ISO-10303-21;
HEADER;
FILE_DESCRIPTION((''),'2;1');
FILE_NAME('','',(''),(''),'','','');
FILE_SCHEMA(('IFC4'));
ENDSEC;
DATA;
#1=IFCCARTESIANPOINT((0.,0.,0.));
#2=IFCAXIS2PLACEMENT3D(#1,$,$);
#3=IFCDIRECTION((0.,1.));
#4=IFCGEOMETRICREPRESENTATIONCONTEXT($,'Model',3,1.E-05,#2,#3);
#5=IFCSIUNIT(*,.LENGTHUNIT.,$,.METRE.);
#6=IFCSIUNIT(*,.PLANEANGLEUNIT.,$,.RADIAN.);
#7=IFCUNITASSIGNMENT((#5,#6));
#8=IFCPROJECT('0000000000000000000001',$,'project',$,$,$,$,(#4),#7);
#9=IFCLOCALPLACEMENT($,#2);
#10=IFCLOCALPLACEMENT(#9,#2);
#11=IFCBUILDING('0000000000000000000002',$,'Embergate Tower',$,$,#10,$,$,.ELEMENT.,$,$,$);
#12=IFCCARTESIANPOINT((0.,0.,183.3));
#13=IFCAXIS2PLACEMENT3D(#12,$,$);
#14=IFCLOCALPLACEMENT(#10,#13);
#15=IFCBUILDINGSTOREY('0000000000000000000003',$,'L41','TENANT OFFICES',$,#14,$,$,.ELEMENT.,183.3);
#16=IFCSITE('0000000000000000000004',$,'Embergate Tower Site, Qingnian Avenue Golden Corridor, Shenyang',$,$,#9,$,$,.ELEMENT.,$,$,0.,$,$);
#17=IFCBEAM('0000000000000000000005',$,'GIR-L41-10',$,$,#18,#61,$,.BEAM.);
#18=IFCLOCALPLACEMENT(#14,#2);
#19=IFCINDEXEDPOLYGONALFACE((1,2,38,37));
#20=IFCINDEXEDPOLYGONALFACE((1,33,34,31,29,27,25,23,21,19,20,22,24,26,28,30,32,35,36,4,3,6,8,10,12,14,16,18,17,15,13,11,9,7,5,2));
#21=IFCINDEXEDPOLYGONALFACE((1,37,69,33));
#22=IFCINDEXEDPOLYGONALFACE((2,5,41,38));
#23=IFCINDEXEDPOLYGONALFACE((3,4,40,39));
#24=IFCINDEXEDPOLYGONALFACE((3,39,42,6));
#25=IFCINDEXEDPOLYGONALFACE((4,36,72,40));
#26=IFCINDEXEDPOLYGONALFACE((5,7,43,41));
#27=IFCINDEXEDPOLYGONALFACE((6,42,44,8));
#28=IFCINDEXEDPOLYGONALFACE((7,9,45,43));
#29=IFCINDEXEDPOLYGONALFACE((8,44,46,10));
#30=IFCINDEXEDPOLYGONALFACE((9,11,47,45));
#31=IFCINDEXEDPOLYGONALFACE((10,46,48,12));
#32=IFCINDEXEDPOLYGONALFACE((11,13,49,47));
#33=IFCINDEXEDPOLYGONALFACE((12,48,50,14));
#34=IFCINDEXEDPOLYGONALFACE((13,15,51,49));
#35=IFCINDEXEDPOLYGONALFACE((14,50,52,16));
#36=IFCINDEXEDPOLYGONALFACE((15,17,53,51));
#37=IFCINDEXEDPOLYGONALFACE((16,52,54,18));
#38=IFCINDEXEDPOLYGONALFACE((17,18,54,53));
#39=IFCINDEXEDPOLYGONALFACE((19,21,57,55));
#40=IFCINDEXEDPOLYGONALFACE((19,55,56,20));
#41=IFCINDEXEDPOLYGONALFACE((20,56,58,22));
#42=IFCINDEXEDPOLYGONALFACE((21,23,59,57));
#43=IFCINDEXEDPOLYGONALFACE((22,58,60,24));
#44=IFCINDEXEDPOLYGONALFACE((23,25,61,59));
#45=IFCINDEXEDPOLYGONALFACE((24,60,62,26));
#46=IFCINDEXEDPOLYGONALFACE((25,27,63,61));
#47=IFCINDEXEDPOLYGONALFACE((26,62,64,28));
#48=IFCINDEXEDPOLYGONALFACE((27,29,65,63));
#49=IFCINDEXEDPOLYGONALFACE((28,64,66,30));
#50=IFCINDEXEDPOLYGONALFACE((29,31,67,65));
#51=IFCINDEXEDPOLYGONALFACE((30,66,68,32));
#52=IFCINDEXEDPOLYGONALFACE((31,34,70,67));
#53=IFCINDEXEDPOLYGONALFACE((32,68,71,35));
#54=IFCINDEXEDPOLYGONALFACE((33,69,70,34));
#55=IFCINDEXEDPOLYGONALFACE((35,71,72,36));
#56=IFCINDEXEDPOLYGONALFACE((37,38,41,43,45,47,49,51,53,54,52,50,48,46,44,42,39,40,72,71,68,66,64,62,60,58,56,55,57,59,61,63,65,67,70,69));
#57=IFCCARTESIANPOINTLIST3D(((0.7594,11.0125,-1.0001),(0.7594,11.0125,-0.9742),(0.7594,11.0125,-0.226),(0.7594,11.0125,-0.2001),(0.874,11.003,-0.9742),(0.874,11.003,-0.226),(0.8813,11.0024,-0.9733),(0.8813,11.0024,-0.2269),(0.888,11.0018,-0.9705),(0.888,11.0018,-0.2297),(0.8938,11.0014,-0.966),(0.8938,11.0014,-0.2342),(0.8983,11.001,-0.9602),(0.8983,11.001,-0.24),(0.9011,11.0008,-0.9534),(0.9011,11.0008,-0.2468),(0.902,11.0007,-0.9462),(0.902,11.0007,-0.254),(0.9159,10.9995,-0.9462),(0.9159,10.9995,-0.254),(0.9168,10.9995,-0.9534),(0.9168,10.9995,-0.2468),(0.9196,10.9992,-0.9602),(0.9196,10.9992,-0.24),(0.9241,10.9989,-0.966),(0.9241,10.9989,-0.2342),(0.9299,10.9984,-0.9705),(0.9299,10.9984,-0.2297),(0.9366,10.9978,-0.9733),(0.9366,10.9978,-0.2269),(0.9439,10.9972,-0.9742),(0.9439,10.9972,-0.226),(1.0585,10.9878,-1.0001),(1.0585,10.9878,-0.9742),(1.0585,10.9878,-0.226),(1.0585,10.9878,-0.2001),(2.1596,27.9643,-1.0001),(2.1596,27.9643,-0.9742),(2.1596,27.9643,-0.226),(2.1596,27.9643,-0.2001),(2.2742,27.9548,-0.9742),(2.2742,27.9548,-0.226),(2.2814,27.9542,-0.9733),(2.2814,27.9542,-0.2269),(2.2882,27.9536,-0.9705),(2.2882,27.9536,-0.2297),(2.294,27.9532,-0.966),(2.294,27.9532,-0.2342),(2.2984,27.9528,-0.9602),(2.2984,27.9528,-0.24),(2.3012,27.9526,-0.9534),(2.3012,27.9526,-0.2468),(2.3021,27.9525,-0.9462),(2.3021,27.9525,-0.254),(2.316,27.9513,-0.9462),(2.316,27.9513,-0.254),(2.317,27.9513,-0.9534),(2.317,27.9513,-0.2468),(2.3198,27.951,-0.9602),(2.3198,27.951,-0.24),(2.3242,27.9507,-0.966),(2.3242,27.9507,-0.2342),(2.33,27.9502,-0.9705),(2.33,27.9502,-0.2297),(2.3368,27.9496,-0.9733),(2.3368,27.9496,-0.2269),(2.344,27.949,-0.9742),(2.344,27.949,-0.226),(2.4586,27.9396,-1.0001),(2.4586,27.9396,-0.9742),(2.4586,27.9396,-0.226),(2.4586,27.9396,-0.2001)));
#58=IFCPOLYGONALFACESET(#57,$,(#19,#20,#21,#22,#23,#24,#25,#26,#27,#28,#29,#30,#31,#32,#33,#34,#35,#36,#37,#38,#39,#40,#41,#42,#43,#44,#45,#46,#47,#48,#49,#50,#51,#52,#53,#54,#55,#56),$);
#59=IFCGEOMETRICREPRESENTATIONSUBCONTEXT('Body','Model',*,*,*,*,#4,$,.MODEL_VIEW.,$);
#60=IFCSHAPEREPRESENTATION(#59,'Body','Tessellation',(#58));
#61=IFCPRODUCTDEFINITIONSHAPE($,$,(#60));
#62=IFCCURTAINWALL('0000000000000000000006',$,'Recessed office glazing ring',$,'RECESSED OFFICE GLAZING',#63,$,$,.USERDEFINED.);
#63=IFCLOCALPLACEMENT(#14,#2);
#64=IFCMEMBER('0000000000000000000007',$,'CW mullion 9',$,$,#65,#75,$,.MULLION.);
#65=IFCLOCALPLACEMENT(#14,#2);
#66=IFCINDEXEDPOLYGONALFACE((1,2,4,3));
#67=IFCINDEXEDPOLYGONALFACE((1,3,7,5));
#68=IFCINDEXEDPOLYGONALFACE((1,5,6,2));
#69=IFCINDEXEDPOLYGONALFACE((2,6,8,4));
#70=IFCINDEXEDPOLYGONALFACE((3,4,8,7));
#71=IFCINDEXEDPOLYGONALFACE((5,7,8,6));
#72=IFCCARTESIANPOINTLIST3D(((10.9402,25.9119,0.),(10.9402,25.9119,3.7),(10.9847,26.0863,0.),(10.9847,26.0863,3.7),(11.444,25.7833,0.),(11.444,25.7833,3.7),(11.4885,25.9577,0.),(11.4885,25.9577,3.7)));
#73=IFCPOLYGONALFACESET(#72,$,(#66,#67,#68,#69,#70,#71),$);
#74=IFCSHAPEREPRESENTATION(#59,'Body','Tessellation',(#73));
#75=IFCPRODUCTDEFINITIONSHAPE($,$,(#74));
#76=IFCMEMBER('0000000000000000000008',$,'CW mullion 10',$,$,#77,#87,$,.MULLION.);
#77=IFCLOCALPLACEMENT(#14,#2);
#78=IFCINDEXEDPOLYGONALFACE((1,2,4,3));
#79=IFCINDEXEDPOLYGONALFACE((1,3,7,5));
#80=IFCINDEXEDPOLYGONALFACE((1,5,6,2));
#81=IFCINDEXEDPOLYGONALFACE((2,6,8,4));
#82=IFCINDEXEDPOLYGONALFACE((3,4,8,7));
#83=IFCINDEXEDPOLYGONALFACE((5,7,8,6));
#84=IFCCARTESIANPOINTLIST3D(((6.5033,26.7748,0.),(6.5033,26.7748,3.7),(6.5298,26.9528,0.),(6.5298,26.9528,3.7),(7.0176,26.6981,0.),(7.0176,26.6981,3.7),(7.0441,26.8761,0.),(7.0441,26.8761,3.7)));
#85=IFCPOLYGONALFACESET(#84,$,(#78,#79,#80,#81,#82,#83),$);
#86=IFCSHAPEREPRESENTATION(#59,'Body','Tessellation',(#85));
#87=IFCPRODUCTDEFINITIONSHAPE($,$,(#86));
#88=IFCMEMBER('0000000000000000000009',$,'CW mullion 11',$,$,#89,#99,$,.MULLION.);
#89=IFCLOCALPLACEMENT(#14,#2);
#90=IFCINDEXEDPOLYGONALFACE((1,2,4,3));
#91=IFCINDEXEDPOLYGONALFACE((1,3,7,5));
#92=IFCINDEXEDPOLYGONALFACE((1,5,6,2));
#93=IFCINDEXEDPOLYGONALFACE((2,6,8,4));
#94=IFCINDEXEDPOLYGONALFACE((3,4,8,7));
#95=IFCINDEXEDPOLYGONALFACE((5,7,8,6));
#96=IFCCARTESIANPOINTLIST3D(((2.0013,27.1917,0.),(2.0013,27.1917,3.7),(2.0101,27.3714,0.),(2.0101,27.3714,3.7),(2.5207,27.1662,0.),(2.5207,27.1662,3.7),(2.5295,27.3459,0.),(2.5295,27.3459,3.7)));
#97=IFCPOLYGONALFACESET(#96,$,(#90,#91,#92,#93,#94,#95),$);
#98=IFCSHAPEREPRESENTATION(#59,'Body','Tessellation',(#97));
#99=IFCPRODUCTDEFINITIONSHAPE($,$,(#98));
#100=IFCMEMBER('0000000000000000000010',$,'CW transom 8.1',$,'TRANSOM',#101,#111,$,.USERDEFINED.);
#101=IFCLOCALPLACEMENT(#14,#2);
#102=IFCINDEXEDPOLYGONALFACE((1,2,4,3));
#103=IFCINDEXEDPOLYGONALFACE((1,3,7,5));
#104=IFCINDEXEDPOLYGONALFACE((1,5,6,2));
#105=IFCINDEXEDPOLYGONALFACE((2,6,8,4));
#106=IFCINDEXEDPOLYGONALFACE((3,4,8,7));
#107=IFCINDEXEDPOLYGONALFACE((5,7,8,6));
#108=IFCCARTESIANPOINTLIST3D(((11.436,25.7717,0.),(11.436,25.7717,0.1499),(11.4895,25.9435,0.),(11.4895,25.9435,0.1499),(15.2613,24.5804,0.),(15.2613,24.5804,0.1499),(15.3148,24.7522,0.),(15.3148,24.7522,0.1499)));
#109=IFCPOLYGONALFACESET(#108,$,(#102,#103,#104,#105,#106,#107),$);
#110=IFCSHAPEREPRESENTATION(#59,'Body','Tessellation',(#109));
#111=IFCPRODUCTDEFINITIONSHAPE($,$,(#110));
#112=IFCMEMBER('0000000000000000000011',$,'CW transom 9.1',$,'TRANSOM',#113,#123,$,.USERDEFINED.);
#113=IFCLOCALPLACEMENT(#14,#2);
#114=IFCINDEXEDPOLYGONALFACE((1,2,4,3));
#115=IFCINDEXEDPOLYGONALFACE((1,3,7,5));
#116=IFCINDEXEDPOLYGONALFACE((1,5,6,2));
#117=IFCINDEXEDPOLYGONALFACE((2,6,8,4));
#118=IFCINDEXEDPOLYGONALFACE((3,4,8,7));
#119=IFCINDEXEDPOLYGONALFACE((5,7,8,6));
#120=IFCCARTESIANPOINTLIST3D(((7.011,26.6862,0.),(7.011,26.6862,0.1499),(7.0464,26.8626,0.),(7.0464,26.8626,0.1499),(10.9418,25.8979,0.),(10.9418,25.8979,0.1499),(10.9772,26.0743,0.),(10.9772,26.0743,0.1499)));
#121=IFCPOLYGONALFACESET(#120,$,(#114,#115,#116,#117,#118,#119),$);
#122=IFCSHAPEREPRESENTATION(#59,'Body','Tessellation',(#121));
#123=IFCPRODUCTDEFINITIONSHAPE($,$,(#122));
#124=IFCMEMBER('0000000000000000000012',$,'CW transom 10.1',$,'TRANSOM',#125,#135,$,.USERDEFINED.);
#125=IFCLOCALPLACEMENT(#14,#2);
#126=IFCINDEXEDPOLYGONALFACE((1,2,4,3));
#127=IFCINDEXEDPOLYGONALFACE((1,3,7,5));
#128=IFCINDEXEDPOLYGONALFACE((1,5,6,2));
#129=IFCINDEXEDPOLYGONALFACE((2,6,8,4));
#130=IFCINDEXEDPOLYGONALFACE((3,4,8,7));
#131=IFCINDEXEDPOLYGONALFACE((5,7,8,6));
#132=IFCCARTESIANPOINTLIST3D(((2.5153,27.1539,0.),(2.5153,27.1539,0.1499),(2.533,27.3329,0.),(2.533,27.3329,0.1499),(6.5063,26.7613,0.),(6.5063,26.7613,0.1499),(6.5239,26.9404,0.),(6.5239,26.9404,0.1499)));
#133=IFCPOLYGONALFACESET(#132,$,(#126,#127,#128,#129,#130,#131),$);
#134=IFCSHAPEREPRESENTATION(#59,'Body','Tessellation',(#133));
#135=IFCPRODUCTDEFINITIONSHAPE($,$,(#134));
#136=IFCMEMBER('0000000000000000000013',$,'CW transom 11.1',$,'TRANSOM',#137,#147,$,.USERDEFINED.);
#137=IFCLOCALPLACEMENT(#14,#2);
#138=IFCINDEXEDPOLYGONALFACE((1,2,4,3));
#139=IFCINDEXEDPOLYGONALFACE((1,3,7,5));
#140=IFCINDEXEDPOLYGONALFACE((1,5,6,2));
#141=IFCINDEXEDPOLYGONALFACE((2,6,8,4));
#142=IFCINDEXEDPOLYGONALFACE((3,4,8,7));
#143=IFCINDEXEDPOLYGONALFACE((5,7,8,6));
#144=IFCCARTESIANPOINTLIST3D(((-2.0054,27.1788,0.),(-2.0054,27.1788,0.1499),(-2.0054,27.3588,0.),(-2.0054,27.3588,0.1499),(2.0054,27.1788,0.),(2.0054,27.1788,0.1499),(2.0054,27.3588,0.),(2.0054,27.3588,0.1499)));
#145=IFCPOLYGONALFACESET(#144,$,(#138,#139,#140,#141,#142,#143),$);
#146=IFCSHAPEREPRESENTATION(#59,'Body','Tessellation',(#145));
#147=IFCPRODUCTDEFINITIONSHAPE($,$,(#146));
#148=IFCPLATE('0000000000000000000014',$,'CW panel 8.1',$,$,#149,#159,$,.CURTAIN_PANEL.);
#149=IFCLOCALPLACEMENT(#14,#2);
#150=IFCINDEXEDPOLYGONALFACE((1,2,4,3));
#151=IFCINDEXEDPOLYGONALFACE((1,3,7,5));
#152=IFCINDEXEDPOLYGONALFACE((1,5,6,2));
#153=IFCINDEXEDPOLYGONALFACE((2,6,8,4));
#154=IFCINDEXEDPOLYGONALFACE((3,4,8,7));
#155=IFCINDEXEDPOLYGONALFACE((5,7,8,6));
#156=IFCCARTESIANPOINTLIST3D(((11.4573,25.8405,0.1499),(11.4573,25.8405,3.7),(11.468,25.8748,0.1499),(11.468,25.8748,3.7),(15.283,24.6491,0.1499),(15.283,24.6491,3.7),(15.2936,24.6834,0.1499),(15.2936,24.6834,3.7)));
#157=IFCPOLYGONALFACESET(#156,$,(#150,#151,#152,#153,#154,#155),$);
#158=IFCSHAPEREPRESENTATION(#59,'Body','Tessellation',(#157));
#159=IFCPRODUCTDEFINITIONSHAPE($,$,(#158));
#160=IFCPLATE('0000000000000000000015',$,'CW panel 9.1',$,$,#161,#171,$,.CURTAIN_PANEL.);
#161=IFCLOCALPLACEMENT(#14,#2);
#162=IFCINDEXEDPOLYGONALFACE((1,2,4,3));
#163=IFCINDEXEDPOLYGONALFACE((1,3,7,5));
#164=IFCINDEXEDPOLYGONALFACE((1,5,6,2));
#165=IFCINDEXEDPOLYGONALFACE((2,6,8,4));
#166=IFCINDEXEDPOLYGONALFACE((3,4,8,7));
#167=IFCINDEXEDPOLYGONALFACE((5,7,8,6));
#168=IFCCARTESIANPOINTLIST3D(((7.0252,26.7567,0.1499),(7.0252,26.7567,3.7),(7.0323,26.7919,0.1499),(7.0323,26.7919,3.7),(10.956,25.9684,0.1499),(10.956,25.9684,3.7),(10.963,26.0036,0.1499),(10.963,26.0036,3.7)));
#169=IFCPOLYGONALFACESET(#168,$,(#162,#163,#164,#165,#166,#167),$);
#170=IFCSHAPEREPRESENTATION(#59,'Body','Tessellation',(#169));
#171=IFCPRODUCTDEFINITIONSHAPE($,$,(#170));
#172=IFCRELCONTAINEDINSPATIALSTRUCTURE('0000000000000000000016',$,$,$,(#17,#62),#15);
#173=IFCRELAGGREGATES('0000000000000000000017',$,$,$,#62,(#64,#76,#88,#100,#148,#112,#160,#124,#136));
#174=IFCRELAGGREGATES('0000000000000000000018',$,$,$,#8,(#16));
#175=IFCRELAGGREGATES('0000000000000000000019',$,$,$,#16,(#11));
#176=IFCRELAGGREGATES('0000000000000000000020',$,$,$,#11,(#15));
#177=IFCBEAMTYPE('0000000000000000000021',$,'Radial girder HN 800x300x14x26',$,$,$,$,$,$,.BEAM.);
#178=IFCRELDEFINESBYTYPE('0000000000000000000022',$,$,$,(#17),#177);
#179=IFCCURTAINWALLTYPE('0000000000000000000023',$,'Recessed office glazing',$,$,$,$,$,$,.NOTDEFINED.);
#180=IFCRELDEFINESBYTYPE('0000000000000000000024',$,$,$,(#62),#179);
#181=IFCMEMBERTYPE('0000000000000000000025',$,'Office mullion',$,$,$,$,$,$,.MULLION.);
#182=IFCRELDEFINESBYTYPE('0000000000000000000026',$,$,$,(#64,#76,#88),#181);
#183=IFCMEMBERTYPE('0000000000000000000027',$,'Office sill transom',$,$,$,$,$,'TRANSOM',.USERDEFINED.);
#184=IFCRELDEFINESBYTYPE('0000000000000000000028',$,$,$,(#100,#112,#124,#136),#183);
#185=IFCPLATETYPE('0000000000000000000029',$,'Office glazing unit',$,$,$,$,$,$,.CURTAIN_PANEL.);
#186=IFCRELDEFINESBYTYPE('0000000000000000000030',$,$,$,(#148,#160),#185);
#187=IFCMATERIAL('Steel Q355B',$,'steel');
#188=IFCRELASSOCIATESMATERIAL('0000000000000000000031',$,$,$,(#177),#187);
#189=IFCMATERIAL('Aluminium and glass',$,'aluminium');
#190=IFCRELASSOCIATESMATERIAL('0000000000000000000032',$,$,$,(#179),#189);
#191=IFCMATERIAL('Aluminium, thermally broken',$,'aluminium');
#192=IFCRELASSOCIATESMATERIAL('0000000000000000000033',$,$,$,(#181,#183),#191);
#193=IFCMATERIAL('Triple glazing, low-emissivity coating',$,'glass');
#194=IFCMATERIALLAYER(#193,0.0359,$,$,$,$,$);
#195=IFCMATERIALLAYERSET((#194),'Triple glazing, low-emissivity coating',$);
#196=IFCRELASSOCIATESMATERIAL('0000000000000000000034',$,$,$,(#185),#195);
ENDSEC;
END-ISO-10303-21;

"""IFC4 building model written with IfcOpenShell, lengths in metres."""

from ifc_helpers import new_model, si_unit, direction, frame, origin, origin_2d, place, context, subcontext, project, spatial, rectangle, i_section, extrude, source, transform, mapped, material, layer, layer_set, material_profile, profile_set, type_object, element, aggregate, save


model = new_model("IFC4")

# Units and contexts
model_context = context("Model", 3, precision=1e-05, world=origin(), true_north=direction((0.0, 1.0)))
body_context = subcontext(model_context, "Body", "Model", "MODEL_VIEW")
ifc_project = project(units=[si_unit("LENGTHUNIT", "METRE"), si_unit("PLANEANGLEUNIT", "RADIAN")], contexts=[model_context])

# Site, building, storey
site_placement = place(None, origin())
site = spatial("IfcSite", under=ifc_project, at=site_placement, Name="Embergate Tower Site, Qingnian Avenue Golden Corridor, Shenyang", CompositionType="ELEMENT", RefElevation=0.0)
building_placement = place(site_placement, origin())
building = spatial("IfcBuilding", under=site, at=building_placement, Name="Embergate Tower", CompositionType="ELEMENT")
storey_placement = place(building_placement, frame((0.0, 0.0, 183.3)))
storey = spatial("IfcBuildingStorey", under=building, at=storey_placement, Name="L41", Description="TENANT OFFICES", CompositionType="ELEMENT", Elevation=183.3)

# Beam
ifc_material_1 = material(Name="Steel Q355B", Category="steel")
ifc_material_profile_1 = material_profile(ifc_material_1, i_section(OverallWidth=0.3, OverallDepth=0.8, WebThickness=0.0139, FlangeThickness=0.0259, FilletRadius=0.0281, at=origin_2d()), Name="HN 800x300x14x26")
ifc_profile_set_1 = profile_set([ifc_material_profile_1], Name="Steel Q355 grade B")
beam_type_1 = type_object("IfcBeamType", Name="Radial girder HN 800x300x14x26", PredefinedType="BEAM", material=ifc_profile_set_1)
shared_shape_1 = source(origin(), body_context, "Body", "SweptSolid", [
    extrude(i_section(OverallWidth=0.3, OverallDepth=0.8, WebThickness=0.0139, FlangeThickness=0.0259, FilletRadius=0.0281, at=origin_2d()), origin(), (0.0, 0.0, 1.0), 17.0095),
])
beam_1_placement = place(storey_placement, frame((2.3091, 27.9519, -0.6001), z_axis=(-0.082315, -0.996606, 0.0), x_axis=(0.996606, -0.082315, 0.0)))
element("IfcBeam", 1, at=beam_1_placement, inside=storey, type_object=beam_type_1, Name="GIR-L41-10", PredefinedType="BEAM", context=body_context, shape_type="MappedRepresentation", body=[
    mapped(shared_shape_1, transform((0.0, 0.0, 0.0))),
])

# Curtain wall, members, plates
ifc_material_2 = material(Name="Aluminium and glass", Category="aluminium")
curtain_wall_type = type_object("IfcCurtainWallType", Name="Recessed office glazing", PredefinedType="NOTDEFINED", material=ifc_material_2)
curtain_wall_placement = place(storey_placement, origin())
curtain_wall = element("IfcCurtainWall", 2, at=curtain_wall_placement, inside=storey, type_object=curtain_wall_type, Name="Recessed office glazing ring", ObjectType="RECESSED OFFICE GLAZING", PredefinedType="USERDEFINED")
ifc_material_3 = material(Name="Aluminium, thermally broken", Category="aluminium")
ifc_material_profile_2 = material_profile(ifc_material_3, rectangle(XDim=0.1799, YDim=0.52, at=origin_2d()), Name="AL 520x180")
ifc_profile_set_2 = profile_set([ifc_material_profile_2], Name="Aluminium, thermally broken")
member_type_1 = type_object("IfcMemberType", Name="Office mullion", PredefinedType="MULLION", material=ifc_profile_set_2)
shared_shape_2 = source(origin(), body_context, "Body", "SweptSolid", [
    extrude(rectangle(XDim=0.1799, YDim=0.52, at=origin_2d()), origin(), (0.0, 0.0, 1.0), 3.7),
])
member_1_placement = place(storey_placement, frame((11.2144, 25.9348, 0.0), z_axis=(0.0, 0.0, 1.0), x_axis=(-0.247314, -0.968935, 0.0)))
member_1 = element("IfcMember", 3, at=member_1_placement, type_object=member_type_1, Name="CW mullion 9", PredefinedType="MULLION", context=body_context, shape_type="MappedRepresentation", body=[
    mapped(shared_shape_2, transform((0.0, 0.0, 0.0))),
])
member_2_placement = place(storey_placement, frame((6.7737, 26.8254, 0.0), z_axis=(0.0, 0.0, 1.0), x_axis=(-0.147412, -0.989075, 0.0)))
member_2 = element("IfcMember", 4, at=member_2_placement, type_object=member_type_1, Name="CW mullion 10", PredefinedType="MULLION", context=body_context, shape_type="MappedRepresentation", body=[
    mapped(shared_shape_2, transform((0.0, 0.0, 0.0))),
])
member_3_placement = place(storey_placement, frame((2.2654, 27.2688, 0.0), z_axis=(0.0, 0.0, 1.0), x_axis=(-0.048972, -0.9988, 0.0)))
member_3 = element("IfcMember", 5, at=member_3_placement, type_object=member_type_1, Name="CW mullion 11", PredefinedType="MULLION", context=body_context, shape_type="MappedRepresentation", body=[
    mapped(shared_shape_2, transform((0.0, 0.0, 0.0))),
])
ifc_material_profile_3 = material_profile(ifc_material_3, rectangle(XDim=0.1799, YDim=0.1499, at=origin_2d()), Name="AL 150x180")
ifc_profile_set_3 = profile_set([ifc_material_profile_3], Name="Aluminium, thermally broken")
member_type_2 = type_object("IfcMemberType", Name="Office sill transom", ElementType="TRANSOM", PredefinedType="USERDEFINED", material=ifc_profile_set_3)
shared_shape_3 = source(origin(), body_context, "Body", "SweptSolid", [
    extrude(rectangle(XDim=0.1799, YDim=0.1499, at=origin_2d()), origin(), (0.0, 0.0, 1.0), 4.0066),
])
member_4_placement = place(storey_placement, frame((15.2881, 24.6663, 0.075), z_axis=(-0.954767, 0.297355, 0.0), x_axis=(-0.297355, -0.954767, 0.0)))
member_4 = element("IfcMember", 6, at=member_4_placement, type_object=member_type_2, Name="CW transom 8.1", ObjectType="TRANSOM", PredefinedType="USERDEFINED", context=body_context, shape_type="MappedRepresentation", body=[
    mapped(shared_shape_3, transform((0.0, 0.0, 0.0))),
])
shared_shape_4 = source(origin(), body_context, "Body", "SweptSolid", [
    extrude(rectangle(XDim=0.1799, YDim=0.1499, at=origin_2d()), origin(), (0.0, 0.0, 1.0), 4.009),
])
member_5_placement = place(storey_placement, frame((10.9595, 25.9861, 0.075), z_axis=(-0.980475, 0.196643, 0.0), x_axis=(-0.196643, -0.980475, 0.0)))
member_5 = element("IfcMember", 7, at=member_5_placement, type_object=member_type_2, Name="CW transom 9.1", ObjectType="TRANSOM", PredefinedType="USERDEFINED", context=body_context, shape_type="MappedRepresentation", body=[
    mapped(shared_shape_4, transform((0.0, 0.0, 0.0))),
])
shared_shape_5 = source(origin(), body_context, "Body", "SweptSolid", [
    extrude(rectangle(XDim=0.1799, YDim=0.1499, at=origin_2d()), origin(), (0.0, 0.0, 1.0), 4.0103),
])
member_6_placement = place(storey_placement, frame((6.5151, 26.8508, 0.075), z_axis=(-0.995197, 0.097894, 0.0), x_axis=(-0.097894, -0.995197, 0.0)))
member_6 = element("IfcMember", 8, at=member_6_placement, type_object=member_type_2, Name="CW transom 10.1", ObjectType="TRANSOM", PredefinedType="USERDEFINED", context=body_context, shape_type="MappedRepresentation", body=[
    mapped(shared_shape_5, transform((0.0, 0.0, 0.0))),
])
shared_shape_6 = source(origin(), body_context, "Body", "SweptSolid", [
    extrude(rectangle(XDim=0.1799, YDim=0.1499, at=origin_2d()), origin(), (0.0, 0.0, 1.0), 4.0107),
])
member_7_placement = place(storey_placement, frame((2.0054, 27.2688, 0.075), z_axis=(-1.0, 0.0, 0.0), x_axis=(0.0, -1.0, 0.0)))
member_7 = element("IfcMember", 9, at=member_7_placement, type_object=member_type_2, Name="CW transom 11.1", ObjectType="TRANSOM", PredefinedType="USERDEFINED", context=body_context, shape_type="MappedRepresentation", body=[
    mapped(shared_shape_6, transform((0.0, 0.0, 0.0))),
])
ifc_material_4 = material(Name="Triple glazing, low-emissivity coating", Category="glass")
ifc_layer_1 = layer(ifc_material_4, 0.0359)
ifc_layer_set_1 = layer_set([ifc_layer_1], Name="Triple glazing, low-emissivity coating")
plate_type = type_object("IfcPlateType", Name="Office glazing unit", PredefinedType="CURTAIN_PANEL", material=ifc_layer_set_1)
shared_shape_7 = source(origin(), body_context, "Body", "SweptSolid", [
    extrude(rectangle(XDim=4.0068, YDim=0.0359, at=origin_2d()), origin(), (0.0, 0.0, 1.0), 3.55),
])
plate_1_placement = place(storey_placement, frame((13.3755, 25.262, 0.1499), z_axis=(0.0, 0.0, 1.0), x_axis=(-0.954771, 0.297342, 0.0)))
plate_1 = element("IfcPlate", 10, at=plate_1_placement, type_object=plate_type, Name="CW panel 8.1", PredefinedType="CURTAIN_PANEL", context=body_context, shape_type="MappedRepresentation", body=[
    mapped(shared_shape_7, transform((0.0, 0.0, 0.0))),
])
shared_shape_8 = source(origin(), body_context, "Body", "SweptSolid", [
    extrude(rectangle(XDim=4.009, YDim=0.0359, at=origin_2d()), origin(), (0.0, 0.0, 1.0), 3.55),
])
plate_2_placement = place(storey_placement, frame((8.9941, 26.3801, 0.1499), z_axis=(0.0, 0.0, 1.0), x_axis=(-0.980476, 0.196641, 0.0)))
plate_2 = element("IfcPlate", 11, at=plate_2_placement, type_object=plate_type, Name="CW panel 9.1", PredefinedType="CURTAIN_PANEL", context=body_context, shape_type="MappedRepresentation", body=[
    mapped(shared_shape_8, transform((0.0, 0.0, 0.0))),
])
aggregate(curtain_wall, [member_1, member_2, member_3, member_4, plate_1, member_5, plate_2, member_6, member_7])

save(model, "model.ifc")
